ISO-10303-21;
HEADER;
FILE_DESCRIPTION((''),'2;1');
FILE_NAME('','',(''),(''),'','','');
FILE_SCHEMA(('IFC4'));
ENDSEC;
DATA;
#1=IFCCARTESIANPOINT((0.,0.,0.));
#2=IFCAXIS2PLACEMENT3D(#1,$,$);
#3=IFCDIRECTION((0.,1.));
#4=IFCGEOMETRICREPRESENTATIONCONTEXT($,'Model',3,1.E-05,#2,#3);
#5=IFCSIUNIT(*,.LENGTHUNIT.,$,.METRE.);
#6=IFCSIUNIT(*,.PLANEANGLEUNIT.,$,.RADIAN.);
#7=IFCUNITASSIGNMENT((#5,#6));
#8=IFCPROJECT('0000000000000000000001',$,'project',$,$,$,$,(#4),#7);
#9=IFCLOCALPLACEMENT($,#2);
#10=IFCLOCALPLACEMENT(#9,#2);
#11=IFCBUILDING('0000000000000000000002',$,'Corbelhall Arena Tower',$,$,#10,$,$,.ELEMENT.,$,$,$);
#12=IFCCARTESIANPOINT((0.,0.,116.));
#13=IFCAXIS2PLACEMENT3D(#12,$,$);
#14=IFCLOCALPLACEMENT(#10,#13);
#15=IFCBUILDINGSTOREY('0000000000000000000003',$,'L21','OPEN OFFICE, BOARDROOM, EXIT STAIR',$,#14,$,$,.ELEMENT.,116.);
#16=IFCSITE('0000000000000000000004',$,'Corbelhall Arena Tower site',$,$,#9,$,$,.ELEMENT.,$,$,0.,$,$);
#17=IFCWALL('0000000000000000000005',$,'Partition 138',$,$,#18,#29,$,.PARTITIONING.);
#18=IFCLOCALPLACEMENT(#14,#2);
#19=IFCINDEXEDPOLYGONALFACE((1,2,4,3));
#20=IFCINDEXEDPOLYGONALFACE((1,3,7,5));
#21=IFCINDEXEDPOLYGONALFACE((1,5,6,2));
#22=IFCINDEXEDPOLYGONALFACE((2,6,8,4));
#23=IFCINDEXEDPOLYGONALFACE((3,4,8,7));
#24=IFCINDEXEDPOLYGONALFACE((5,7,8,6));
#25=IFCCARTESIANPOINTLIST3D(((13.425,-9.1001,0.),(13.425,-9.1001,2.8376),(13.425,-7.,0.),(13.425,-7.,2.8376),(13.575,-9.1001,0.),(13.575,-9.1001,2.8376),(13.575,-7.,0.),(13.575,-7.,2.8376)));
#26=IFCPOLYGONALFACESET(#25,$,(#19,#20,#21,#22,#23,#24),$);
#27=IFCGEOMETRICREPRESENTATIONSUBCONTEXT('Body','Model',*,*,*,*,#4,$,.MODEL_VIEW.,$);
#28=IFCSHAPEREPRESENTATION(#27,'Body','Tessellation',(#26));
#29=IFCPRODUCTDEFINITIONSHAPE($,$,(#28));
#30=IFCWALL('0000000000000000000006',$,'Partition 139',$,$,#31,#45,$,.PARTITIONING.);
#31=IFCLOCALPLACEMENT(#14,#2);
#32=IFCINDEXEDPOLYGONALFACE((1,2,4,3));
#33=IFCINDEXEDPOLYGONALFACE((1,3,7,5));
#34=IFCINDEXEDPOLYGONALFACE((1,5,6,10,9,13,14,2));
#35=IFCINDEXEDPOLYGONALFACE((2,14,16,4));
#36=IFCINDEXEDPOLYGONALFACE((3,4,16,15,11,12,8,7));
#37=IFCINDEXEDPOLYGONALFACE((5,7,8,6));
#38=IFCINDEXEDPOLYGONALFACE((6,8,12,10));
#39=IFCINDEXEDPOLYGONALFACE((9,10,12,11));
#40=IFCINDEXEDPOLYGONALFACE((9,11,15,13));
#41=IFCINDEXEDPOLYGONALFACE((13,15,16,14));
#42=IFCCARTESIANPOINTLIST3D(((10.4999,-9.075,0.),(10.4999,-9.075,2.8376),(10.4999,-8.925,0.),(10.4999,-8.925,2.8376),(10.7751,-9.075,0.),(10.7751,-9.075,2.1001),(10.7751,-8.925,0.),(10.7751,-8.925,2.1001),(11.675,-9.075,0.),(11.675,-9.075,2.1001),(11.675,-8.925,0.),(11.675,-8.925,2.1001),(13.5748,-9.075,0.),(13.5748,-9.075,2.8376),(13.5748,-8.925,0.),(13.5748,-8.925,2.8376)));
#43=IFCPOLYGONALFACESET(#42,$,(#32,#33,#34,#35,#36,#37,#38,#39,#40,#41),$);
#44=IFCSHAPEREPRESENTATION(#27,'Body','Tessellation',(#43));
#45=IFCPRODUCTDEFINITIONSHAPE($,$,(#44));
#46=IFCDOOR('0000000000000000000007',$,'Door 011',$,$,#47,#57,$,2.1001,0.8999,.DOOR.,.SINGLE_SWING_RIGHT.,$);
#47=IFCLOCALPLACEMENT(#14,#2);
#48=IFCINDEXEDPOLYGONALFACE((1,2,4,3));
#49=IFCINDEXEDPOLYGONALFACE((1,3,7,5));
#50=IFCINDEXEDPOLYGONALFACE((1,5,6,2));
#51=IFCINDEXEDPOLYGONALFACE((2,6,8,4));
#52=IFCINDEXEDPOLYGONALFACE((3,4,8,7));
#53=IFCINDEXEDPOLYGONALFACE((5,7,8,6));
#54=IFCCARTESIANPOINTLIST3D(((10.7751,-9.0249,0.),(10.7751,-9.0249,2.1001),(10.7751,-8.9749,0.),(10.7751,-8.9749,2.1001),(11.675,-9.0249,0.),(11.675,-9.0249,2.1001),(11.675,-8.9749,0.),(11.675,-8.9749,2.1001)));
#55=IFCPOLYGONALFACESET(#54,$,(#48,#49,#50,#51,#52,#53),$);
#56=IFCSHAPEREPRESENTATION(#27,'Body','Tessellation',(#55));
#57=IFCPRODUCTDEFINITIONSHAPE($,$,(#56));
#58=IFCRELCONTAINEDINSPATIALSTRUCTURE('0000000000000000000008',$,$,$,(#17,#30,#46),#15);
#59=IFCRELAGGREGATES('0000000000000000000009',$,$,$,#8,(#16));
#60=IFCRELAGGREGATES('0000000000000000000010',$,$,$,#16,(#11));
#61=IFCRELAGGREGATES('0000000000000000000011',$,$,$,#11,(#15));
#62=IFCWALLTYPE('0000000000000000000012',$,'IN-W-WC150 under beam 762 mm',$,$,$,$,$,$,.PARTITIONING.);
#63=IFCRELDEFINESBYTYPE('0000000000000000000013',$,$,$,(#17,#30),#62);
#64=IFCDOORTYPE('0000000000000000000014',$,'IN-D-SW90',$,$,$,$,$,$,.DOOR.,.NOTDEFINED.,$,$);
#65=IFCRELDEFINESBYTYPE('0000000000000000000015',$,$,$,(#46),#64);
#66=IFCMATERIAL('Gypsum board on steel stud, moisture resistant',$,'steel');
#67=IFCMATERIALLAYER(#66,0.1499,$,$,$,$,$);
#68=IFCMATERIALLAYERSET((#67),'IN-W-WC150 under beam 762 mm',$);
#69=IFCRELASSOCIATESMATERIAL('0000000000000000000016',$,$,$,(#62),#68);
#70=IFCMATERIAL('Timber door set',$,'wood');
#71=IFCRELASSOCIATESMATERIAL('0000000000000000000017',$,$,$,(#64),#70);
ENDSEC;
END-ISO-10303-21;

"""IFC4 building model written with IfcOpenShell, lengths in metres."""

from ifc_helpers import new_model, si_unit, direction, frame, frame_2d, origin, place, context, subcontext, project, spatial, rectangle, extrude, material, layer, layer_set, type_object, element, fill, save


model = new_model("IFC4")

# Units and contexts
model_context = context("Model", 3, precision=1e-05, world=origin(), true_north=direction((0.0, 1.0)))
body_context = subcontext(model_context, "Body", "Model", "MODEL_VIEW")
ifc_project = project(units=[si_unit("LENGTHUNIT", "METRE"), si_unit("PLANEANGLEUNIT", "RADIAN")], contexts=[model_context])

# Site, building, storey
site_placement = place(None, origin())
site = spatial("IfcSite", under=ifc_project, at=site_placement, Name="Corbelhall Arena Tower site", CompositionType="ELEMENT", RefElevation=0.0)
building_placement = place(site_placement, origin())
building = spatial("IfcBuilding", under=site, at=building_placement, Name="Corbelhall Arena Tower", CompositionType="ELEMENT")
storey_placement = place(building_placement, frame((0.0, 0.0, 116.0)))
storey = spatial("IfcBuildingStorey", under=building, at=storey_placement, Name="L21", Description="OPEN OFFICE, BOARDROOM, EXIT STAIR", CompositionType="ELEMENT", Elevation=116.0)

# Wall
ifc_material_1 = material(Name="Gypsum board on steel stud, moisture resistant", Category="steel")
ifc_layer_1 = layer(ifc_material_1, 0.1499)
ifc_layer_set_1 = layer_set([ifc_layer_1], Name="IN-W-WC150 under beam 762 mm")
wall_type_1 = type_object("IfcWallType", Name="IN-W-WC150 under beam 762 mm", PredefinedType="PARTITIONING", material=ifc_layer_set_1)
wall_1_placement = place(storey_placement, frame((13.5, -7.0, 0.0), z_axis=(0.0, 0.0, 1.0), x_axis=(0.0, -1.0, 0.0)))
element("IfcWall", 1, at=wall_1_placement, inside=storey, type_object=wall_type_1, Name="Partition 138", PredefinedType="PARTITIONING", context=body_context, shape_type="SweptSolid", body=[
    extrude(rectangle(XDim=2.1001, YDim=0.1499, at=frame_2d((1.05, 0.0))), origin(), (0.0, 0.0, 1.0), 2.8376),
])

# Wall, opening, door
wall_2_placement = place(storey_placement, frame((13.575, -9.0, 0.0), z_axis=(0.0, 0.0, 1.0), x_axis=(-1.0, 0.0, 0.0)))
wall_2 = element("IfcWall", 2, at=wall_2_placement, inside=storey, type_object=wall_type_1, Name="Partition 139", PredefinedType="PARTITIONING", context=body_context, shape_type="SweptSolid", body=[
    extrude(rectangle(XDim=3.075, YDim=0.1499, at=frame_2d((1.5376, 0.0))), origin(), (0.0, 0.0, 1.0), 2.8376),
])
opening_1_placement = place(wall_2_placement, frame((1.8999, 0.0, 0.0)))
opening_1 = element("IfcOpeningElement", 3, at=opening_1_placement, cuts=wall_2, PredefinedType="OPENING", context=body_context, shape_type="SweptSolid", body=[
    extrude(rectangle(XDim=0.8999, YDim=2.1001, at=frame_2d((0.45, 1.05))), frame((0.0, 0.075, 0.0), z_axis=(0.0, -1.0, 0.0), x_axis=(1.0, 0.0, 0.0)), (0.0, 0.0, 1.0), 0.1499),
])
ifc_material_2 = material(Name="Timber door set", Category="wood")
door_type_1 = type_object("IfcDoorType", Name="IN-D-SW90", OperationType="NOTDEFINED", PredefinedType="DOOR", material=ifc_material_2)
door_1_placement = place(opening_1_placement, origin())
door_1 = element("IfcDoor", 4, at=door_1_placement, inside=storey, type_object=door_type_1, Name="Door 011", OperationType="SINGLE_SWING_RIGHT", OverallHeight=2.1001, OverallWidth=0.8999, PredefinedType="DOOR", context=body_context, shape_type="SweptSolid", body=[
    extrude(rectangle(XDim=0.8999, YDim=2.1001, at=frame_2d((0.45, 1.05))), frame((0.0, 0.0249, 0.0), z_axis=(0.0, -1.0, 0.0), x_axis=(1.0, 0.0, 0.0)), (0.0, 0.0, 1.0), 0.05),
])
fill(opening_1, door_1)

save(model, "model.ifc")
